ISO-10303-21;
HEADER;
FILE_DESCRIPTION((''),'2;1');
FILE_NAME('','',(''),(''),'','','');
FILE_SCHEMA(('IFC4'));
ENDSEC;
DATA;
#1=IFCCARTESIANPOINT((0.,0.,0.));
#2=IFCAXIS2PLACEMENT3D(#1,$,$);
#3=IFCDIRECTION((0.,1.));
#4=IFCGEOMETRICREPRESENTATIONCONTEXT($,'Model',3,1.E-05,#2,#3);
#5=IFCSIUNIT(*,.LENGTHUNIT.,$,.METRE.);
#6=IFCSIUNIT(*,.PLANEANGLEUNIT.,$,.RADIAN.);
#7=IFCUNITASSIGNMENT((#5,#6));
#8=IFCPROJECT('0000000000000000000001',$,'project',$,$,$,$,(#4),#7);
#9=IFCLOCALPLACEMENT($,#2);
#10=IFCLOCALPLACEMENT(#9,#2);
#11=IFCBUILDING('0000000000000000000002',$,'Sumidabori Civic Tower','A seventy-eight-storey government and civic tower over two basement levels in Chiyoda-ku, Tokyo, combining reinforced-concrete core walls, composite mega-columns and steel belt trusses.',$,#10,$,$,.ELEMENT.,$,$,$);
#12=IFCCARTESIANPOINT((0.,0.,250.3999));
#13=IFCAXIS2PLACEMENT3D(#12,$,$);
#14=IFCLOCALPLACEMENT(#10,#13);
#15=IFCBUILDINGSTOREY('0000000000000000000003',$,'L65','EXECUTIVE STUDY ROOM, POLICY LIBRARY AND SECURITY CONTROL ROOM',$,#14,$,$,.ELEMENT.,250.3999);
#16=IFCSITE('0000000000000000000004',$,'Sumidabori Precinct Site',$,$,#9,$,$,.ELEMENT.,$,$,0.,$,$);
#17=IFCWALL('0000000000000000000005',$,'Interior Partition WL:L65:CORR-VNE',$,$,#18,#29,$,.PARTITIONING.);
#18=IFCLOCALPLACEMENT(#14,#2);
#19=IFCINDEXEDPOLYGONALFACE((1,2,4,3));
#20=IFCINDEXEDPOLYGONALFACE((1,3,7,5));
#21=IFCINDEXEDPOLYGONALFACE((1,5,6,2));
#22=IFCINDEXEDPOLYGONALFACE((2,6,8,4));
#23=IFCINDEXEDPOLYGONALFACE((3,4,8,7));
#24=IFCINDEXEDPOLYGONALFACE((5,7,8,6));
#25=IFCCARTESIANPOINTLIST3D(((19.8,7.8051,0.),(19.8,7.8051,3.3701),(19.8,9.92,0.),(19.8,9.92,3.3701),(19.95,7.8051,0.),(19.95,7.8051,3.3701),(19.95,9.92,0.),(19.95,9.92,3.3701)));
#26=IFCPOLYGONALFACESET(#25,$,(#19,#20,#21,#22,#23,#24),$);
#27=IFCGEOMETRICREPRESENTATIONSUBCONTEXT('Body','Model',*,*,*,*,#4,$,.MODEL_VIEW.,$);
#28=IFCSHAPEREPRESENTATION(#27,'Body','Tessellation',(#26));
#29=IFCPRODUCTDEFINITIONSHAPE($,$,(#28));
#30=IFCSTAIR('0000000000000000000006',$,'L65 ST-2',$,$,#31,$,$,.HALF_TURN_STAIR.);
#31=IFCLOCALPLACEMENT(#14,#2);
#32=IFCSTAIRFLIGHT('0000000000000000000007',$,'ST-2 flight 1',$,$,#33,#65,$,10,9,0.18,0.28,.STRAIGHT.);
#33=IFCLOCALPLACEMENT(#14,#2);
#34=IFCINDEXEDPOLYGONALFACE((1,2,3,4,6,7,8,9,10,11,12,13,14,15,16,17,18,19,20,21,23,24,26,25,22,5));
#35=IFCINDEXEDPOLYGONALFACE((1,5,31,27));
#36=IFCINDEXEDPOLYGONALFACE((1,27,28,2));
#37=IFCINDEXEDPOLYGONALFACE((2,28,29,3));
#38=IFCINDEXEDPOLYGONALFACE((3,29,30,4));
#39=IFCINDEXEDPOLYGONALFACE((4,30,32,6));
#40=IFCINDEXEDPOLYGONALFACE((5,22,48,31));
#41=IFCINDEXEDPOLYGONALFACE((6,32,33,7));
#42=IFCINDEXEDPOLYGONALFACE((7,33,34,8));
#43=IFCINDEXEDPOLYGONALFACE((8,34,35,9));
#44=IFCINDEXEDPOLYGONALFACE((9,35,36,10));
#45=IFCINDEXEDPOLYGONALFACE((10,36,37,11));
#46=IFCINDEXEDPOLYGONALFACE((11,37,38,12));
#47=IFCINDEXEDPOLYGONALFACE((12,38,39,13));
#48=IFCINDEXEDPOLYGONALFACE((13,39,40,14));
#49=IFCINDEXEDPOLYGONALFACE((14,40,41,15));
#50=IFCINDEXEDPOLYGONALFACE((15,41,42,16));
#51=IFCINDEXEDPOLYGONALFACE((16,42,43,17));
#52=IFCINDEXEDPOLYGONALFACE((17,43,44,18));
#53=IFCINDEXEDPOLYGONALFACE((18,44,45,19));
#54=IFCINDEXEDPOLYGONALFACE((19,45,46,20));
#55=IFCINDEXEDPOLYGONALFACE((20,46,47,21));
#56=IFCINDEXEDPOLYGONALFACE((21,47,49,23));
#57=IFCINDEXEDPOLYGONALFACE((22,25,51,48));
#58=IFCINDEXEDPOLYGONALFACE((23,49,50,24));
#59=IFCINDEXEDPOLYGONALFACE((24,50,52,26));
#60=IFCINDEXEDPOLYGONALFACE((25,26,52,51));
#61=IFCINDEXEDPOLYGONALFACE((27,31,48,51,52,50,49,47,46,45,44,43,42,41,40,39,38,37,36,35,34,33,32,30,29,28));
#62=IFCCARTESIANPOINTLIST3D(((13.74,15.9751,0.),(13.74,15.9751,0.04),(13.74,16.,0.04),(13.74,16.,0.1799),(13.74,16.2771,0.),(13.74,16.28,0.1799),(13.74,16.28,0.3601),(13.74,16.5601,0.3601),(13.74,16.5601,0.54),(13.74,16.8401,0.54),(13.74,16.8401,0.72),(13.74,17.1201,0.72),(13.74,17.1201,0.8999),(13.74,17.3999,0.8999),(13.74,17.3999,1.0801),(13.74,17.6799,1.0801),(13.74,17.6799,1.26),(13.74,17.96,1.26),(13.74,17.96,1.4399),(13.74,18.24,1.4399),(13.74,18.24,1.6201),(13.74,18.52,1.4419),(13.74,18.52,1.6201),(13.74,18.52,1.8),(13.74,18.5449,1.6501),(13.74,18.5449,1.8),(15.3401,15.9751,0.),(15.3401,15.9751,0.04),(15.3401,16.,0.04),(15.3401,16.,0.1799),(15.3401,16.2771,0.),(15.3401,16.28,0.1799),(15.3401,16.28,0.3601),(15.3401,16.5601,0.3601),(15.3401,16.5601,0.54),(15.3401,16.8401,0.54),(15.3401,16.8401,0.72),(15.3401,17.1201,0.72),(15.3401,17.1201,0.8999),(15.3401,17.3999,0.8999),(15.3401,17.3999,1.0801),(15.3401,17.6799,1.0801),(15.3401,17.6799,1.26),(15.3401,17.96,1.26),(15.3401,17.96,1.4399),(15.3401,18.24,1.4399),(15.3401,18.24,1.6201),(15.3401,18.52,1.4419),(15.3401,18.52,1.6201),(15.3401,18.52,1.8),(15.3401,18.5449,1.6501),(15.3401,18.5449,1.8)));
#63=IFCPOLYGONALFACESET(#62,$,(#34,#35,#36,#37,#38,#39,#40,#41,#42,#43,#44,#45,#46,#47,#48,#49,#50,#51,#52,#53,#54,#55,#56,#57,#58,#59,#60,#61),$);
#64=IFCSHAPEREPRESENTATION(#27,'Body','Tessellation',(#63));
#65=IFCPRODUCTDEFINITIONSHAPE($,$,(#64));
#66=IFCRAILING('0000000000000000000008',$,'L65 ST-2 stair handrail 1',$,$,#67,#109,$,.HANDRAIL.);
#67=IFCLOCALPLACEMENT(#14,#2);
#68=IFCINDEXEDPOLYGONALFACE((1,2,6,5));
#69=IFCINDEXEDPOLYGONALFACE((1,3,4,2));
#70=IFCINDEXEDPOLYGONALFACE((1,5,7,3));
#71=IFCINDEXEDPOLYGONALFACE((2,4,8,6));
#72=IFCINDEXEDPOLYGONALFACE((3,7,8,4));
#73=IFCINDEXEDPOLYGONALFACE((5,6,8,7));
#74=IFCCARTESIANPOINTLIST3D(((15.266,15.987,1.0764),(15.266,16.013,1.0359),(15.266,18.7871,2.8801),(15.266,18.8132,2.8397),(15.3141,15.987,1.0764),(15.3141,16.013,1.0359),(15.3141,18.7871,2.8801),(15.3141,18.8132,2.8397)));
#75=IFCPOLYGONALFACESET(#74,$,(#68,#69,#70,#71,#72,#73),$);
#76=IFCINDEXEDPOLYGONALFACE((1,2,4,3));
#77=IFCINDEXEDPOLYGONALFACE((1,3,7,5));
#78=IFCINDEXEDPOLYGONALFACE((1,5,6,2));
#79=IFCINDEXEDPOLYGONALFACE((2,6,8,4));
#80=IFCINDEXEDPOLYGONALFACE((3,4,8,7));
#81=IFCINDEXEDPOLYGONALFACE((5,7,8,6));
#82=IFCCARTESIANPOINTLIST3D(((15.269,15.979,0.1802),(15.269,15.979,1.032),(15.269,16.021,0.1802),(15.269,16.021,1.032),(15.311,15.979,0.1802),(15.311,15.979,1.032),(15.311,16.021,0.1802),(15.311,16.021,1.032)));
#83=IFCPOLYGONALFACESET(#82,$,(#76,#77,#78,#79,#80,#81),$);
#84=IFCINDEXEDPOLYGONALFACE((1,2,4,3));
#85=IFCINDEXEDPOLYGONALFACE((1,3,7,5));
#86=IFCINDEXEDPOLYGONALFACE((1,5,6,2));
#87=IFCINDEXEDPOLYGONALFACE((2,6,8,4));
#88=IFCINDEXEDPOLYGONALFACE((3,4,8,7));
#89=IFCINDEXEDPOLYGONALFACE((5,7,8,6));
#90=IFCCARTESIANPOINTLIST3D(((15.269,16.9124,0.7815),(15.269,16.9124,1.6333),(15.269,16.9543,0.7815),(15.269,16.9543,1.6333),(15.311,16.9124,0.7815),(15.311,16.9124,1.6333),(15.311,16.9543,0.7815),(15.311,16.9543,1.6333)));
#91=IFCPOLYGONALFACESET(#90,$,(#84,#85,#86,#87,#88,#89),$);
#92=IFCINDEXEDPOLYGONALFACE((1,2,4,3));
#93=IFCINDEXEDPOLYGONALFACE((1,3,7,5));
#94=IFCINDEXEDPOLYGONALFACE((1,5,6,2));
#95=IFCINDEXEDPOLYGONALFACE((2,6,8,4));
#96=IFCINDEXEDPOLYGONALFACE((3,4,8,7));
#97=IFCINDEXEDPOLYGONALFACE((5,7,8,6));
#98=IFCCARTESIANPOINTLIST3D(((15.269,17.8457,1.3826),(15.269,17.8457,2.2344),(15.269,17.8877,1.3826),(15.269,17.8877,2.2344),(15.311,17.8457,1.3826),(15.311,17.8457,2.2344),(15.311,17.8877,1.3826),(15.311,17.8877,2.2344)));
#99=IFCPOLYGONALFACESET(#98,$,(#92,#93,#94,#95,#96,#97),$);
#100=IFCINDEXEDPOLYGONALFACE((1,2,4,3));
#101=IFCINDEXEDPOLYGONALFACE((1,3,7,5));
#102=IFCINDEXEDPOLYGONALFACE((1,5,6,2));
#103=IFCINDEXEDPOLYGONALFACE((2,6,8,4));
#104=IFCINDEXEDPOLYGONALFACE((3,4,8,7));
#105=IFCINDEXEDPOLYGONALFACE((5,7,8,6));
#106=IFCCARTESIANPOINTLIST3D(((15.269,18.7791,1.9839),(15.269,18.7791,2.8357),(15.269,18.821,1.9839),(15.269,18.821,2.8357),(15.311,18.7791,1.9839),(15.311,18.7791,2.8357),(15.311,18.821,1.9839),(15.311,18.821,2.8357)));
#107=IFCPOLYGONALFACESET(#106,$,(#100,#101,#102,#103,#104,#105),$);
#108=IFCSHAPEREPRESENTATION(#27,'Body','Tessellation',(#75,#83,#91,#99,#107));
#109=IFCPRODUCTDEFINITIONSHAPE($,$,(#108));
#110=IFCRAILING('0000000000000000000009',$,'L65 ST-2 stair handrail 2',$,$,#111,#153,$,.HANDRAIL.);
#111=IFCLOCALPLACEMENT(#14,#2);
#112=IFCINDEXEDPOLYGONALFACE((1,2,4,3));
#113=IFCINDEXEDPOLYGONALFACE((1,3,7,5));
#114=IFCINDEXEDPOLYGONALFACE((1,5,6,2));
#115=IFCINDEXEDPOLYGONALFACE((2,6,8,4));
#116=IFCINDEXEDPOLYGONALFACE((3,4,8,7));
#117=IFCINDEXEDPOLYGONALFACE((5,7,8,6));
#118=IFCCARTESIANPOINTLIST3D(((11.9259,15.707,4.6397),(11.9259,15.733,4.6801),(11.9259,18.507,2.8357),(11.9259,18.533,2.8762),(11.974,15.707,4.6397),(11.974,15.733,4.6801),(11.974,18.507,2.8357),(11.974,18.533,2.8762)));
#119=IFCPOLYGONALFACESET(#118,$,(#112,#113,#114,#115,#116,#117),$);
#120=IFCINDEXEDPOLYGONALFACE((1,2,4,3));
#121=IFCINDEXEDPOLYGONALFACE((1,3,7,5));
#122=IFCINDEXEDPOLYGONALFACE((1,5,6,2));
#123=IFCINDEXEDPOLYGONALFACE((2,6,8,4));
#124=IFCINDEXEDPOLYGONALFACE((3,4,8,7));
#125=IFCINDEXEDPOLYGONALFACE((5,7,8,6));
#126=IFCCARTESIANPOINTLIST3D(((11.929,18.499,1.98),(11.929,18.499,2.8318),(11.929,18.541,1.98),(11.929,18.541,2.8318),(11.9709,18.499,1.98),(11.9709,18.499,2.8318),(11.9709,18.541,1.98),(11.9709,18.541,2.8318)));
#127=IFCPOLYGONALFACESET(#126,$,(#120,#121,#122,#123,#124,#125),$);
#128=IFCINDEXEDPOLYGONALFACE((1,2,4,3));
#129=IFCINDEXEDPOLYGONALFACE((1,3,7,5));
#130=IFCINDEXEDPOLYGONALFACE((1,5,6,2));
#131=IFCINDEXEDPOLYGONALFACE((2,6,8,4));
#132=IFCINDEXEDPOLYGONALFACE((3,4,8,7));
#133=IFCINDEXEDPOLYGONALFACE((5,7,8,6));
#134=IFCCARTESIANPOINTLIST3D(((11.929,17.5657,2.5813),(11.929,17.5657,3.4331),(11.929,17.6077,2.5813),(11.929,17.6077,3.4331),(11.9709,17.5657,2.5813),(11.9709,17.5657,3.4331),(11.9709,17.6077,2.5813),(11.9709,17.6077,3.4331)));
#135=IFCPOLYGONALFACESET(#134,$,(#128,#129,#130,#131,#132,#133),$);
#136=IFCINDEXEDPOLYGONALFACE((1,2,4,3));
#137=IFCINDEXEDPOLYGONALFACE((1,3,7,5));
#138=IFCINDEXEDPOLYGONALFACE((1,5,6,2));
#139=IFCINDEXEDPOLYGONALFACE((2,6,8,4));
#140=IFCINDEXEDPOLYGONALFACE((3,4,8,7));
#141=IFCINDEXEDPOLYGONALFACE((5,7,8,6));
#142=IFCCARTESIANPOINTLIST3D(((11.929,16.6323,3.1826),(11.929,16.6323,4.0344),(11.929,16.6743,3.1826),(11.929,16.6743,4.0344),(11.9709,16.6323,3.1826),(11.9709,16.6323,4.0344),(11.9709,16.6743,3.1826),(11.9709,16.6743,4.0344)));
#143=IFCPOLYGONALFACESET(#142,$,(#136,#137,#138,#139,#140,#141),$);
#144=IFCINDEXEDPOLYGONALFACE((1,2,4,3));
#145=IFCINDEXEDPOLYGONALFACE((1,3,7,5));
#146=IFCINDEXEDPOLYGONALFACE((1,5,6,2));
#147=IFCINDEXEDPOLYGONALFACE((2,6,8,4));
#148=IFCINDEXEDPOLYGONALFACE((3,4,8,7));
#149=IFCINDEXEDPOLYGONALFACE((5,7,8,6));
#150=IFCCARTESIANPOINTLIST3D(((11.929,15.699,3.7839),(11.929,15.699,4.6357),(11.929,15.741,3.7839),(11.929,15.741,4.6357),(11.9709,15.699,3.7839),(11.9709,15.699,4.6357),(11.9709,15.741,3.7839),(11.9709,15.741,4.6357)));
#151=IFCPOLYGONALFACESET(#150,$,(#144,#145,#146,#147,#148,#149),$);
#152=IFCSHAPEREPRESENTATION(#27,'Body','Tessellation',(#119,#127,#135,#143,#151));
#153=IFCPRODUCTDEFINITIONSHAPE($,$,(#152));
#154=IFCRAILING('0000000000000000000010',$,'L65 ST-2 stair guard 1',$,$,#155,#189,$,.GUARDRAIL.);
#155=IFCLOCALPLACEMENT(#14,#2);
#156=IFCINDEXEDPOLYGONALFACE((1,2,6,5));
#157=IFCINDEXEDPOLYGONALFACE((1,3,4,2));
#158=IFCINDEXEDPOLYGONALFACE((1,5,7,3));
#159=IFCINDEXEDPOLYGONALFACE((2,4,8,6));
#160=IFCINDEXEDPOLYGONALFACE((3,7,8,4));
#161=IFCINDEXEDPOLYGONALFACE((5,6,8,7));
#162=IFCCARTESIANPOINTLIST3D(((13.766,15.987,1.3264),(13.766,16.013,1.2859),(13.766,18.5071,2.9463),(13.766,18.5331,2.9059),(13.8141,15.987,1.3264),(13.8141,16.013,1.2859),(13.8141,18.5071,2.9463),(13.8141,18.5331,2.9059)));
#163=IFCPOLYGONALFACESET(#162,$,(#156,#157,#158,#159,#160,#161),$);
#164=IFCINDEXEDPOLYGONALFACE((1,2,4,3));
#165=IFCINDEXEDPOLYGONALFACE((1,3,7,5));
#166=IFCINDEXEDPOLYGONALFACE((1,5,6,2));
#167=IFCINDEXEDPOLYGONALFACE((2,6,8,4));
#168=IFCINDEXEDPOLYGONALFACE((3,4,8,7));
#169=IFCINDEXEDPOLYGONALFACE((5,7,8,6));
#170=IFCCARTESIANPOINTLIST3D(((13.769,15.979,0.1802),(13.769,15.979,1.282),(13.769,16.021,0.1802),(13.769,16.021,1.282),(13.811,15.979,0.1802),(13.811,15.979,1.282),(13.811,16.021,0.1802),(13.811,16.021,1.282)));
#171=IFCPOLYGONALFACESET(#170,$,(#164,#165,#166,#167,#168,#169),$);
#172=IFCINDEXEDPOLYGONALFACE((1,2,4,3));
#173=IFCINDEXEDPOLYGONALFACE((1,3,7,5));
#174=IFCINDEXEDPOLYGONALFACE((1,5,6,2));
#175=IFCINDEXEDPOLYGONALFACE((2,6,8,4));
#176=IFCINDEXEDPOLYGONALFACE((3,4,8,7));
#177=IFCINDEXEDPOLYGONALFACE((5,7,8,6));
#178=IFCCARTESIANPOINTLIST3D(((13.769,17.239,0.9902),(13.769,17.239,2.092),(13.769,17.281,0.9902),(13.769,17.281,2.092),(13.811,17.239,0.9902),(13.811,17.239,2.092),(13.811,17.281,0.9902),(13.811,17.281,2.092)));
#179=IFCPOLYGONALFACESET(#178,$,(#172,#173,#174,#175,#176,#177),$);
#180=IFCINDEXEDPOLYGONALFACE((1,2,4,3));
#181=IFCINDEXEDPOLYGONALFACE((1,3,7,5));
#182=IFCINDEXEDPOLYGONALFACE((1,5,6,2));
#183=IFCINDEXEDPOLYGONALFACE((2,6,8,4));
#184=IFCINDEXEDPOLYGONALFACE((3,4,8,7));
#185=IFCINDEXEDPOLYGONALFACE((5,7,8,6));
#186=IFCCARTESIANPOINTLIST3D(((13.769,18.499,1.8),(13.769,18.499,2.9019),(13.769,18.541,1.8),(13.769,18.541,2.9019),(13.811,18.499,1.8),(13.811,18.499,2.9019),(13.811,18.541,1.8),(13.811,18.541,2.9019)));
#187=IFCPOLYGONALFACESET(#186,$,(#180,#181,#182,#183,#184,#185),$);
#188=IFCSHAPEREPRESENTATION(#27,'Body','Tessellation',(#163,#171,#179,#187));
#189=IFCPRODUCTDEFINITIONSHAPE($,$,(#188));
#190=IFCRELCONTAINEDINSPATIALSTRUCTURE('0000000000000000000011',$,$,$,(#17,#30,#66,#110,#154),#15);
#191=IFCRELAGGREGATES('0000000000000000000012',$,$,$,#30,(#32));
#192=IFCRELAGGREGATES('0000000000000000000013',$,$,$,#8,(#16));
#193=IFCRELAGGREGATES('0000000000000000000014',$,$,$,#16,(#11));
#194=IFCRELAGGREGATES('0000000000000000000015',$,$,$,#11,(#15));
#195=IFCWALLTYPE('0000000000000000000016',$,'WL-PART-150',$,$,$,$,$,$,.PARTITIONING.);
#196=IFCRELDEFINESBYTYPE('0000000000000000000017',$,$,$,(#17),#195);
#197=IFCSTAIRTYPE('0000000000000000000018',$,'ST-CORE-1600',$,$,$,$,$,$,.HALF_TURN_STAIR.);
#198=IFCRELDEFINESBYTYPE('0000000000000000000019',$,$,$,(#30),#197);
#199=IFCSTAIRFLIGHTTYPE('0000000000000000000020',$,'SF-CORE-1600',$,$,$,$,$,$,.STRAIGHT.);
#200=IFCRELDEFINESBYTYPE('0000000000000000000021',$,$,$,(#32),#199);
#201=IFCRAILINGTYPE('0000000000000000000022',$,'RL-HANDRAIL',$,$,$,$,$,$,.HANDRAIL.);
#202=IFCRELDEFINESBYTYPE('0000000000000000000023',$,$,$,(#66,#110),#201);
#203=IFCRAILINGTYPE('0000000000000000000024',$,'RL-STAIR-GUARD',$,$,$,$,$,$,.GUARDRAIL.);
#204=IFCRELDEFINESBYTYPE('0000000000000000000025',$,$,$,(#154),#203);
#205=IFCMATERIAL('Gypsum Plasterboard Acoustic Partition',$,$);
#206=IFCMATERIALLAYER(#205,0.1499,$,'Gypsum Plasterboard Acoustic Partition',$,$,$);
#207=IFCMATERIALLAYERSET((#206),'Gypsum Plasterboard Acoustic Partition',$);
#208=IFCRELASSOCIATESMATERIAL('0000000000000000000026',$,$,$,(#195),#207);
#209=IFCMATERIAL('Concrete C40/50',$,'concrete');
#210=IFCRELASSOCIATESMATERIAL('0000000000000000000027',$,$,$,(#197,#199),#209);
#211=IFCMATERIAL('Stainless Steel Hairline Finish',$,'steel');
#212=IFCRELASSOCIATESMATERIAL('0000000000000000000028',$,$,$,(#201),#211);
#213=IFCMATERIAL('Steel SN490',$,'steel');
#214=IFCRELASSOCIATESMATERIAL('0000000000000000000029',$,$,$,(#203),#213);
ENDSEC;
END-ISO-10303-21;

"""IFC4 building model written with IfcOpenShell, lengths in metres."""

from ifc_helpers import new_model, si_unit, direction, frame, frame_2d, origin, origin_2d, place, context, subcontext, project, spatial, polyline, rectangle, outline, extrude, source, transform, mapped, material, layer, layer_set, type_object, element, aggregate, save


model = new_model("IFC4")

# Units and contexts
model_context = context("Model", 3, precision=1e-05, world=origin(), true_north=direction((0.0, 1.0)))
body_context = subcontext(model_context, "Body", "Model", "MODEL_VIEW")
ifc_project = project(units=[si_unit("LENGTHUNIT", "METRE"), si_unit("PLANEANGLEUNIT", "RADIAN")], contexts=[model_context])

# Site, building, storey
site_placement = place(None, origin())
site = spatial("IfcSite", under=ifc_project, at=site_placement, Name="Sumidabori Precinct Site", CompositionType="ELEMENT", RefElevation=0.0)
building_placement = place(site_placement, origin())
building = spatial("IfcBuilding", under=site, at=building_placement, Name="Sumidabori Civic Tower", Description="A seventy-eight-storey government and civic tower over two basement levels in Chiyoda-ku, Tokyo, combining reinforced-concrete core walls, composite mega-columns and steel belt trusses.", CompositionType="ELEMENT")
storey_placement = place(building_placement, frame((0.0, 0.0, 250.3999)))
storey = spatial("IfcBuildingStorey", under=building, at=storey_placement, Name="L65", Description="EXECUTIVE STUDY ROOM, POLICY LIBRARY AND SECURITY CONTROL ROOM", CompositionType="ELEMENT", Elevation=250.3999)

# Shared definitions
ifc_material_1 = material(Name="Steel SN490", Category="steel")

# Shared definitions
ifc_material_2 = material(Name="Stainless Steel Hairline Finish", Category="steel")

# Shared definitions
ifc_material_3 = material(Name="Gypsum Plasterboard Acoustic Partition")
ifc_layer_1 = layer(ifc_material_3, 0.1499, Name="Gypsum Plasterboard Acoustic Partition")
ifc_layer_set_1 = layer_set([ifc_layer_1], Name="Gypsum Plasterboard Acoustic Partition")
wall_type_1 = type_object("IfcWallType", Name="WL-PART-150", PredefinedType="PARTITIONING", material=ifc_layer_set_1)

# Wall
shared_shape_1 = source(origin(), body_context, "Body", "SweptSolid", [
    extrude(rectangle(XDim=2.115, YDim=0.1499, at=frame_2d((1.0576, 0.0))), origin(), (0.0, 0.0, 1.0), 3.3701),
])
wall_1_placement = place(storey_placement, frame((19.875, 7.8049, 0.0), z_axis=(0.0, 0.0, 1.0), x_axis=(0.0, 1.0, 0.0)))
element("IfcWall", 1, at=wall_1_placement, inside=storey, type_object=wall_type_1, Name="Interior Partition WL:L65:CORR-VNE", PredefinedType="PARTITIONING", context=body_context, shape_type="MappedRepresentation", body=[
    mapped(shared_shape_1, transform((0.0, 0.0, 0.0), x_axis=(1.0, 0.0, 0.0), y_axis=(0.0, 1.0, 0.0), z_axis=(0.0, 0.0, 1.0), scale=1.0)),
])

# Stair, stair flight
ifc_material_4 = material(Name="Concrete C40/50", Category="concrete")
stair_type = type_object("IfcStairType", Name="ST-CORE-1600", PredefinedType="HALF_TURN_STAIR", material=ifc_material_4)
stair_placement = place(storey_placement, origin())
stair = element("IfcStair", 2, at=stair_placement, inside=storey, type_object=stair_type, Name="L65 ST-2", PredefinedType="HALF_TURN_STAIR")
stair_flight_type = type_object("IfcStairFlightType", Name="SF-CORE-1600", PredefinedType="STRAIGHT", material=ifc_material_4)
shared_shape_2 = source(origin(), body_context, "Body", "SweptSolid", [
    extrude(outline(polyline([(-0.0249, 0.0), (-0.0249, 0.04), (0.0, 0.04), (0.0, 0.1799), (0.28, 0.1799), (0.28, 0.3601), (0.5601, 0.3601), (0.5601, 0.54), (0.8401, 0.54), (0.8401, 0.72), (1.1201, 0.72), (1.1201, 0.8999), (1.3999, 0.8999), (1.3999, 1.0801), (1.6799, 1.0801), (1.6799, 1.26), (1.96, 1.26), (1.96, 1.4399), (2.24, 1.4399), (2.24, 1.6201), (2.52, 1.6201), (2.52, 1.8), (2.5449, 1.8), (2.5449, 1.6501), (2.52, 1.4419), (0.2771, 0.0), (-0.0249, 0.0)])), frame((0.0, 0.8, 0.0), z_axis=(0.0, -1.0, 0.0), x_axis=(1.0, 0.0, 0.0)), (0.0, 0.0, 1.0), 1.6001),
])
stair_flight_placement = place(storey_placement, frame((14.54, 16.0, 0.0), z_axis=(0.0, 0.0, 1.0), x_axis=(0.0, 1.0, 0.0)))
stair_flight = element("IfcStairFlight", 3, at=stair_flight_placement, type_object=stair_flight_type, Name="ST-2 flight 1", NumberOfRisers=10, NumberOfTreads=9, PredefinedType="STRAIGHT", RiserHeight=0.18, TreadLength=0.28, context=body_context, shape_type="MappedRepresentation", body=[
    mapped(shared_shape_2, transform((0.0, 0.0, 0.0), x_axis=(1.0, 0.0, 0.0), y_axis=(0.0, 1.0, 0.0), z_axis=(0.0, 0.0, 1.0), scale=1.0)),
])
aggregate(stair, [stair_flight])

# Railings
railing_type_1 = type_object("IfcRailingType", Name="RL-HANDRAIL", PredefinedType="HANDRAIL", material=ifc_material_2)
railing_1_placement = place(storey_placement, frame((15.29, 16.0, 0.1802)))
element("IfcRailing", 4, at=railing_1_placement, inside=storey, type_object=railing_type_1, Name="L65 ST-2 stair handrail 1", PredefinedType="HANDRAIL", context=body_context, shape_type="SweptSolid", body=[
    extrude(rectangle(XDim=0.0481, YDim=0.0481, at=origin_2d()), frame((0.0, 0.0, 0.876), z_axis=(0.0, 0.840676, 0.541539), x_axis=(-1.0, 0.0, 0.0)), (0.0, 0.0, 1.0), 3.3308),
    extrude(rectangle(XDim=0.042, YDim=0.042, at=origin_2d()), origin(), (0.0, 0.0, 1.0), 0.8518),
    extrude(rectangle(XDim=0.042, YDim=0.042, at=origin_2d()), frame((0.0, 0.9333, 0.6013)), (0.0, 0.0, 1.0), 0.8518),
    extrude(rectangle(XDim=0.042, YDim=0.042, at=origin_2d()), frame((0.0, 1.8667, 1.2024)), (0.0, 0.0, 1.0), 0.8518),
    extrude(rectangle(XDim=0.042, YDim=0.042, at=origin_2d()), frame((0.0, 2.8, 1.8037)), (0.0, 0.0, 1.0), 0.8518),
])
railing_2_placement = place(storey_placement, frame((11.95, 18.52, 1.98)))
element("IfcRailing", 5, at=railing_2_placement, inside=storey, type_object=railing_type_1, Name="L65 ST-2 stair handrail 2", PredefinedType="HANDRAIL", context=body_context, shape_type="SweptSolid", body=[
    extrude(rectangle(XDim=0.0481, YDim=0.0481, at=origin_2d()), frame((0.0, 0.0, 0.876), z_axis=(0.0, -0.840642, 0.541591), x_axis=(1.0, 0.0, 0.0)), (0.0, 0.0, 1.0), 3.3308),
    extrude(rectangle(XDim=0.042, YDim=0.042, at=origin_2d()), origin(), (0.0, 0.0, 1.0), 0.8518),
    extrude(rectangle(XDim=0.042, YDim=0.042, at=origin_2d()), frame((0.0, -0.9333, 0.6013)), (0.0, 0.0, 1.0), 0.8518),
    extrude(rectangle(XDim=0.042, YDim=0.042, at=origin_2d()), frame((0.0, -1.8667, 1.2026)), (0.0, 0.0, 1.0), 0.8518),
    extrude(rectangle(XDim=0.042, YDim=0.042, at=origin_2d()), frame((0.0, -2.8, 1.804)), (0.0, 0.0, 1.0), 0.8518),
])
railing_type_2 = type_object("IfcRailingType", Name="RL-STAIR-GUARD", PredefinedType="GUARDRAIL", material=ifc_material_1)
railing_3_placement = place(storey_placement, frame((13.79, 16.0, 0.1802)))
element("IfcRailing", 6, at=railing_3_placement, inside=storey, type_object=railing_type_2, Name="L65 ST-2 stair guard 1", PredefinedType="GUARDRAIL", context=body_context, shape_type="SweptSolid", body=[
    extrude(rectangle(XDim=0.0481, YDim=0.0481, at=origin_2d()), frame((0.0, 0.0, 1.126), z_axis=(0.0, 0.8412, 0.540725), x_axis=(-1.0, 0.0, 0.0)), (0.0, 0.0, 1.0), 2.9958),
    extrude(rectangle(XDim=0.042, YDim=0.042, at=origin_2d()), origin(), (0.0, 0.0, 1.0), 1.1018),
    extrude(rectangle(XDim=0.042, YDim=0.042, at=origin_2d()), frame((0.0, 1.26, 0.8101)), (0.0, 0.0, 1.0), 1.1018),
    extrude(rectangle(XDim=0.042, YDim=0.042, at=origin_2d()), frame((0.0, 2.52, 1.6199)), (0.0, 0.0, 1.0), 1.1018),
])

save(model, "model.ifc")
